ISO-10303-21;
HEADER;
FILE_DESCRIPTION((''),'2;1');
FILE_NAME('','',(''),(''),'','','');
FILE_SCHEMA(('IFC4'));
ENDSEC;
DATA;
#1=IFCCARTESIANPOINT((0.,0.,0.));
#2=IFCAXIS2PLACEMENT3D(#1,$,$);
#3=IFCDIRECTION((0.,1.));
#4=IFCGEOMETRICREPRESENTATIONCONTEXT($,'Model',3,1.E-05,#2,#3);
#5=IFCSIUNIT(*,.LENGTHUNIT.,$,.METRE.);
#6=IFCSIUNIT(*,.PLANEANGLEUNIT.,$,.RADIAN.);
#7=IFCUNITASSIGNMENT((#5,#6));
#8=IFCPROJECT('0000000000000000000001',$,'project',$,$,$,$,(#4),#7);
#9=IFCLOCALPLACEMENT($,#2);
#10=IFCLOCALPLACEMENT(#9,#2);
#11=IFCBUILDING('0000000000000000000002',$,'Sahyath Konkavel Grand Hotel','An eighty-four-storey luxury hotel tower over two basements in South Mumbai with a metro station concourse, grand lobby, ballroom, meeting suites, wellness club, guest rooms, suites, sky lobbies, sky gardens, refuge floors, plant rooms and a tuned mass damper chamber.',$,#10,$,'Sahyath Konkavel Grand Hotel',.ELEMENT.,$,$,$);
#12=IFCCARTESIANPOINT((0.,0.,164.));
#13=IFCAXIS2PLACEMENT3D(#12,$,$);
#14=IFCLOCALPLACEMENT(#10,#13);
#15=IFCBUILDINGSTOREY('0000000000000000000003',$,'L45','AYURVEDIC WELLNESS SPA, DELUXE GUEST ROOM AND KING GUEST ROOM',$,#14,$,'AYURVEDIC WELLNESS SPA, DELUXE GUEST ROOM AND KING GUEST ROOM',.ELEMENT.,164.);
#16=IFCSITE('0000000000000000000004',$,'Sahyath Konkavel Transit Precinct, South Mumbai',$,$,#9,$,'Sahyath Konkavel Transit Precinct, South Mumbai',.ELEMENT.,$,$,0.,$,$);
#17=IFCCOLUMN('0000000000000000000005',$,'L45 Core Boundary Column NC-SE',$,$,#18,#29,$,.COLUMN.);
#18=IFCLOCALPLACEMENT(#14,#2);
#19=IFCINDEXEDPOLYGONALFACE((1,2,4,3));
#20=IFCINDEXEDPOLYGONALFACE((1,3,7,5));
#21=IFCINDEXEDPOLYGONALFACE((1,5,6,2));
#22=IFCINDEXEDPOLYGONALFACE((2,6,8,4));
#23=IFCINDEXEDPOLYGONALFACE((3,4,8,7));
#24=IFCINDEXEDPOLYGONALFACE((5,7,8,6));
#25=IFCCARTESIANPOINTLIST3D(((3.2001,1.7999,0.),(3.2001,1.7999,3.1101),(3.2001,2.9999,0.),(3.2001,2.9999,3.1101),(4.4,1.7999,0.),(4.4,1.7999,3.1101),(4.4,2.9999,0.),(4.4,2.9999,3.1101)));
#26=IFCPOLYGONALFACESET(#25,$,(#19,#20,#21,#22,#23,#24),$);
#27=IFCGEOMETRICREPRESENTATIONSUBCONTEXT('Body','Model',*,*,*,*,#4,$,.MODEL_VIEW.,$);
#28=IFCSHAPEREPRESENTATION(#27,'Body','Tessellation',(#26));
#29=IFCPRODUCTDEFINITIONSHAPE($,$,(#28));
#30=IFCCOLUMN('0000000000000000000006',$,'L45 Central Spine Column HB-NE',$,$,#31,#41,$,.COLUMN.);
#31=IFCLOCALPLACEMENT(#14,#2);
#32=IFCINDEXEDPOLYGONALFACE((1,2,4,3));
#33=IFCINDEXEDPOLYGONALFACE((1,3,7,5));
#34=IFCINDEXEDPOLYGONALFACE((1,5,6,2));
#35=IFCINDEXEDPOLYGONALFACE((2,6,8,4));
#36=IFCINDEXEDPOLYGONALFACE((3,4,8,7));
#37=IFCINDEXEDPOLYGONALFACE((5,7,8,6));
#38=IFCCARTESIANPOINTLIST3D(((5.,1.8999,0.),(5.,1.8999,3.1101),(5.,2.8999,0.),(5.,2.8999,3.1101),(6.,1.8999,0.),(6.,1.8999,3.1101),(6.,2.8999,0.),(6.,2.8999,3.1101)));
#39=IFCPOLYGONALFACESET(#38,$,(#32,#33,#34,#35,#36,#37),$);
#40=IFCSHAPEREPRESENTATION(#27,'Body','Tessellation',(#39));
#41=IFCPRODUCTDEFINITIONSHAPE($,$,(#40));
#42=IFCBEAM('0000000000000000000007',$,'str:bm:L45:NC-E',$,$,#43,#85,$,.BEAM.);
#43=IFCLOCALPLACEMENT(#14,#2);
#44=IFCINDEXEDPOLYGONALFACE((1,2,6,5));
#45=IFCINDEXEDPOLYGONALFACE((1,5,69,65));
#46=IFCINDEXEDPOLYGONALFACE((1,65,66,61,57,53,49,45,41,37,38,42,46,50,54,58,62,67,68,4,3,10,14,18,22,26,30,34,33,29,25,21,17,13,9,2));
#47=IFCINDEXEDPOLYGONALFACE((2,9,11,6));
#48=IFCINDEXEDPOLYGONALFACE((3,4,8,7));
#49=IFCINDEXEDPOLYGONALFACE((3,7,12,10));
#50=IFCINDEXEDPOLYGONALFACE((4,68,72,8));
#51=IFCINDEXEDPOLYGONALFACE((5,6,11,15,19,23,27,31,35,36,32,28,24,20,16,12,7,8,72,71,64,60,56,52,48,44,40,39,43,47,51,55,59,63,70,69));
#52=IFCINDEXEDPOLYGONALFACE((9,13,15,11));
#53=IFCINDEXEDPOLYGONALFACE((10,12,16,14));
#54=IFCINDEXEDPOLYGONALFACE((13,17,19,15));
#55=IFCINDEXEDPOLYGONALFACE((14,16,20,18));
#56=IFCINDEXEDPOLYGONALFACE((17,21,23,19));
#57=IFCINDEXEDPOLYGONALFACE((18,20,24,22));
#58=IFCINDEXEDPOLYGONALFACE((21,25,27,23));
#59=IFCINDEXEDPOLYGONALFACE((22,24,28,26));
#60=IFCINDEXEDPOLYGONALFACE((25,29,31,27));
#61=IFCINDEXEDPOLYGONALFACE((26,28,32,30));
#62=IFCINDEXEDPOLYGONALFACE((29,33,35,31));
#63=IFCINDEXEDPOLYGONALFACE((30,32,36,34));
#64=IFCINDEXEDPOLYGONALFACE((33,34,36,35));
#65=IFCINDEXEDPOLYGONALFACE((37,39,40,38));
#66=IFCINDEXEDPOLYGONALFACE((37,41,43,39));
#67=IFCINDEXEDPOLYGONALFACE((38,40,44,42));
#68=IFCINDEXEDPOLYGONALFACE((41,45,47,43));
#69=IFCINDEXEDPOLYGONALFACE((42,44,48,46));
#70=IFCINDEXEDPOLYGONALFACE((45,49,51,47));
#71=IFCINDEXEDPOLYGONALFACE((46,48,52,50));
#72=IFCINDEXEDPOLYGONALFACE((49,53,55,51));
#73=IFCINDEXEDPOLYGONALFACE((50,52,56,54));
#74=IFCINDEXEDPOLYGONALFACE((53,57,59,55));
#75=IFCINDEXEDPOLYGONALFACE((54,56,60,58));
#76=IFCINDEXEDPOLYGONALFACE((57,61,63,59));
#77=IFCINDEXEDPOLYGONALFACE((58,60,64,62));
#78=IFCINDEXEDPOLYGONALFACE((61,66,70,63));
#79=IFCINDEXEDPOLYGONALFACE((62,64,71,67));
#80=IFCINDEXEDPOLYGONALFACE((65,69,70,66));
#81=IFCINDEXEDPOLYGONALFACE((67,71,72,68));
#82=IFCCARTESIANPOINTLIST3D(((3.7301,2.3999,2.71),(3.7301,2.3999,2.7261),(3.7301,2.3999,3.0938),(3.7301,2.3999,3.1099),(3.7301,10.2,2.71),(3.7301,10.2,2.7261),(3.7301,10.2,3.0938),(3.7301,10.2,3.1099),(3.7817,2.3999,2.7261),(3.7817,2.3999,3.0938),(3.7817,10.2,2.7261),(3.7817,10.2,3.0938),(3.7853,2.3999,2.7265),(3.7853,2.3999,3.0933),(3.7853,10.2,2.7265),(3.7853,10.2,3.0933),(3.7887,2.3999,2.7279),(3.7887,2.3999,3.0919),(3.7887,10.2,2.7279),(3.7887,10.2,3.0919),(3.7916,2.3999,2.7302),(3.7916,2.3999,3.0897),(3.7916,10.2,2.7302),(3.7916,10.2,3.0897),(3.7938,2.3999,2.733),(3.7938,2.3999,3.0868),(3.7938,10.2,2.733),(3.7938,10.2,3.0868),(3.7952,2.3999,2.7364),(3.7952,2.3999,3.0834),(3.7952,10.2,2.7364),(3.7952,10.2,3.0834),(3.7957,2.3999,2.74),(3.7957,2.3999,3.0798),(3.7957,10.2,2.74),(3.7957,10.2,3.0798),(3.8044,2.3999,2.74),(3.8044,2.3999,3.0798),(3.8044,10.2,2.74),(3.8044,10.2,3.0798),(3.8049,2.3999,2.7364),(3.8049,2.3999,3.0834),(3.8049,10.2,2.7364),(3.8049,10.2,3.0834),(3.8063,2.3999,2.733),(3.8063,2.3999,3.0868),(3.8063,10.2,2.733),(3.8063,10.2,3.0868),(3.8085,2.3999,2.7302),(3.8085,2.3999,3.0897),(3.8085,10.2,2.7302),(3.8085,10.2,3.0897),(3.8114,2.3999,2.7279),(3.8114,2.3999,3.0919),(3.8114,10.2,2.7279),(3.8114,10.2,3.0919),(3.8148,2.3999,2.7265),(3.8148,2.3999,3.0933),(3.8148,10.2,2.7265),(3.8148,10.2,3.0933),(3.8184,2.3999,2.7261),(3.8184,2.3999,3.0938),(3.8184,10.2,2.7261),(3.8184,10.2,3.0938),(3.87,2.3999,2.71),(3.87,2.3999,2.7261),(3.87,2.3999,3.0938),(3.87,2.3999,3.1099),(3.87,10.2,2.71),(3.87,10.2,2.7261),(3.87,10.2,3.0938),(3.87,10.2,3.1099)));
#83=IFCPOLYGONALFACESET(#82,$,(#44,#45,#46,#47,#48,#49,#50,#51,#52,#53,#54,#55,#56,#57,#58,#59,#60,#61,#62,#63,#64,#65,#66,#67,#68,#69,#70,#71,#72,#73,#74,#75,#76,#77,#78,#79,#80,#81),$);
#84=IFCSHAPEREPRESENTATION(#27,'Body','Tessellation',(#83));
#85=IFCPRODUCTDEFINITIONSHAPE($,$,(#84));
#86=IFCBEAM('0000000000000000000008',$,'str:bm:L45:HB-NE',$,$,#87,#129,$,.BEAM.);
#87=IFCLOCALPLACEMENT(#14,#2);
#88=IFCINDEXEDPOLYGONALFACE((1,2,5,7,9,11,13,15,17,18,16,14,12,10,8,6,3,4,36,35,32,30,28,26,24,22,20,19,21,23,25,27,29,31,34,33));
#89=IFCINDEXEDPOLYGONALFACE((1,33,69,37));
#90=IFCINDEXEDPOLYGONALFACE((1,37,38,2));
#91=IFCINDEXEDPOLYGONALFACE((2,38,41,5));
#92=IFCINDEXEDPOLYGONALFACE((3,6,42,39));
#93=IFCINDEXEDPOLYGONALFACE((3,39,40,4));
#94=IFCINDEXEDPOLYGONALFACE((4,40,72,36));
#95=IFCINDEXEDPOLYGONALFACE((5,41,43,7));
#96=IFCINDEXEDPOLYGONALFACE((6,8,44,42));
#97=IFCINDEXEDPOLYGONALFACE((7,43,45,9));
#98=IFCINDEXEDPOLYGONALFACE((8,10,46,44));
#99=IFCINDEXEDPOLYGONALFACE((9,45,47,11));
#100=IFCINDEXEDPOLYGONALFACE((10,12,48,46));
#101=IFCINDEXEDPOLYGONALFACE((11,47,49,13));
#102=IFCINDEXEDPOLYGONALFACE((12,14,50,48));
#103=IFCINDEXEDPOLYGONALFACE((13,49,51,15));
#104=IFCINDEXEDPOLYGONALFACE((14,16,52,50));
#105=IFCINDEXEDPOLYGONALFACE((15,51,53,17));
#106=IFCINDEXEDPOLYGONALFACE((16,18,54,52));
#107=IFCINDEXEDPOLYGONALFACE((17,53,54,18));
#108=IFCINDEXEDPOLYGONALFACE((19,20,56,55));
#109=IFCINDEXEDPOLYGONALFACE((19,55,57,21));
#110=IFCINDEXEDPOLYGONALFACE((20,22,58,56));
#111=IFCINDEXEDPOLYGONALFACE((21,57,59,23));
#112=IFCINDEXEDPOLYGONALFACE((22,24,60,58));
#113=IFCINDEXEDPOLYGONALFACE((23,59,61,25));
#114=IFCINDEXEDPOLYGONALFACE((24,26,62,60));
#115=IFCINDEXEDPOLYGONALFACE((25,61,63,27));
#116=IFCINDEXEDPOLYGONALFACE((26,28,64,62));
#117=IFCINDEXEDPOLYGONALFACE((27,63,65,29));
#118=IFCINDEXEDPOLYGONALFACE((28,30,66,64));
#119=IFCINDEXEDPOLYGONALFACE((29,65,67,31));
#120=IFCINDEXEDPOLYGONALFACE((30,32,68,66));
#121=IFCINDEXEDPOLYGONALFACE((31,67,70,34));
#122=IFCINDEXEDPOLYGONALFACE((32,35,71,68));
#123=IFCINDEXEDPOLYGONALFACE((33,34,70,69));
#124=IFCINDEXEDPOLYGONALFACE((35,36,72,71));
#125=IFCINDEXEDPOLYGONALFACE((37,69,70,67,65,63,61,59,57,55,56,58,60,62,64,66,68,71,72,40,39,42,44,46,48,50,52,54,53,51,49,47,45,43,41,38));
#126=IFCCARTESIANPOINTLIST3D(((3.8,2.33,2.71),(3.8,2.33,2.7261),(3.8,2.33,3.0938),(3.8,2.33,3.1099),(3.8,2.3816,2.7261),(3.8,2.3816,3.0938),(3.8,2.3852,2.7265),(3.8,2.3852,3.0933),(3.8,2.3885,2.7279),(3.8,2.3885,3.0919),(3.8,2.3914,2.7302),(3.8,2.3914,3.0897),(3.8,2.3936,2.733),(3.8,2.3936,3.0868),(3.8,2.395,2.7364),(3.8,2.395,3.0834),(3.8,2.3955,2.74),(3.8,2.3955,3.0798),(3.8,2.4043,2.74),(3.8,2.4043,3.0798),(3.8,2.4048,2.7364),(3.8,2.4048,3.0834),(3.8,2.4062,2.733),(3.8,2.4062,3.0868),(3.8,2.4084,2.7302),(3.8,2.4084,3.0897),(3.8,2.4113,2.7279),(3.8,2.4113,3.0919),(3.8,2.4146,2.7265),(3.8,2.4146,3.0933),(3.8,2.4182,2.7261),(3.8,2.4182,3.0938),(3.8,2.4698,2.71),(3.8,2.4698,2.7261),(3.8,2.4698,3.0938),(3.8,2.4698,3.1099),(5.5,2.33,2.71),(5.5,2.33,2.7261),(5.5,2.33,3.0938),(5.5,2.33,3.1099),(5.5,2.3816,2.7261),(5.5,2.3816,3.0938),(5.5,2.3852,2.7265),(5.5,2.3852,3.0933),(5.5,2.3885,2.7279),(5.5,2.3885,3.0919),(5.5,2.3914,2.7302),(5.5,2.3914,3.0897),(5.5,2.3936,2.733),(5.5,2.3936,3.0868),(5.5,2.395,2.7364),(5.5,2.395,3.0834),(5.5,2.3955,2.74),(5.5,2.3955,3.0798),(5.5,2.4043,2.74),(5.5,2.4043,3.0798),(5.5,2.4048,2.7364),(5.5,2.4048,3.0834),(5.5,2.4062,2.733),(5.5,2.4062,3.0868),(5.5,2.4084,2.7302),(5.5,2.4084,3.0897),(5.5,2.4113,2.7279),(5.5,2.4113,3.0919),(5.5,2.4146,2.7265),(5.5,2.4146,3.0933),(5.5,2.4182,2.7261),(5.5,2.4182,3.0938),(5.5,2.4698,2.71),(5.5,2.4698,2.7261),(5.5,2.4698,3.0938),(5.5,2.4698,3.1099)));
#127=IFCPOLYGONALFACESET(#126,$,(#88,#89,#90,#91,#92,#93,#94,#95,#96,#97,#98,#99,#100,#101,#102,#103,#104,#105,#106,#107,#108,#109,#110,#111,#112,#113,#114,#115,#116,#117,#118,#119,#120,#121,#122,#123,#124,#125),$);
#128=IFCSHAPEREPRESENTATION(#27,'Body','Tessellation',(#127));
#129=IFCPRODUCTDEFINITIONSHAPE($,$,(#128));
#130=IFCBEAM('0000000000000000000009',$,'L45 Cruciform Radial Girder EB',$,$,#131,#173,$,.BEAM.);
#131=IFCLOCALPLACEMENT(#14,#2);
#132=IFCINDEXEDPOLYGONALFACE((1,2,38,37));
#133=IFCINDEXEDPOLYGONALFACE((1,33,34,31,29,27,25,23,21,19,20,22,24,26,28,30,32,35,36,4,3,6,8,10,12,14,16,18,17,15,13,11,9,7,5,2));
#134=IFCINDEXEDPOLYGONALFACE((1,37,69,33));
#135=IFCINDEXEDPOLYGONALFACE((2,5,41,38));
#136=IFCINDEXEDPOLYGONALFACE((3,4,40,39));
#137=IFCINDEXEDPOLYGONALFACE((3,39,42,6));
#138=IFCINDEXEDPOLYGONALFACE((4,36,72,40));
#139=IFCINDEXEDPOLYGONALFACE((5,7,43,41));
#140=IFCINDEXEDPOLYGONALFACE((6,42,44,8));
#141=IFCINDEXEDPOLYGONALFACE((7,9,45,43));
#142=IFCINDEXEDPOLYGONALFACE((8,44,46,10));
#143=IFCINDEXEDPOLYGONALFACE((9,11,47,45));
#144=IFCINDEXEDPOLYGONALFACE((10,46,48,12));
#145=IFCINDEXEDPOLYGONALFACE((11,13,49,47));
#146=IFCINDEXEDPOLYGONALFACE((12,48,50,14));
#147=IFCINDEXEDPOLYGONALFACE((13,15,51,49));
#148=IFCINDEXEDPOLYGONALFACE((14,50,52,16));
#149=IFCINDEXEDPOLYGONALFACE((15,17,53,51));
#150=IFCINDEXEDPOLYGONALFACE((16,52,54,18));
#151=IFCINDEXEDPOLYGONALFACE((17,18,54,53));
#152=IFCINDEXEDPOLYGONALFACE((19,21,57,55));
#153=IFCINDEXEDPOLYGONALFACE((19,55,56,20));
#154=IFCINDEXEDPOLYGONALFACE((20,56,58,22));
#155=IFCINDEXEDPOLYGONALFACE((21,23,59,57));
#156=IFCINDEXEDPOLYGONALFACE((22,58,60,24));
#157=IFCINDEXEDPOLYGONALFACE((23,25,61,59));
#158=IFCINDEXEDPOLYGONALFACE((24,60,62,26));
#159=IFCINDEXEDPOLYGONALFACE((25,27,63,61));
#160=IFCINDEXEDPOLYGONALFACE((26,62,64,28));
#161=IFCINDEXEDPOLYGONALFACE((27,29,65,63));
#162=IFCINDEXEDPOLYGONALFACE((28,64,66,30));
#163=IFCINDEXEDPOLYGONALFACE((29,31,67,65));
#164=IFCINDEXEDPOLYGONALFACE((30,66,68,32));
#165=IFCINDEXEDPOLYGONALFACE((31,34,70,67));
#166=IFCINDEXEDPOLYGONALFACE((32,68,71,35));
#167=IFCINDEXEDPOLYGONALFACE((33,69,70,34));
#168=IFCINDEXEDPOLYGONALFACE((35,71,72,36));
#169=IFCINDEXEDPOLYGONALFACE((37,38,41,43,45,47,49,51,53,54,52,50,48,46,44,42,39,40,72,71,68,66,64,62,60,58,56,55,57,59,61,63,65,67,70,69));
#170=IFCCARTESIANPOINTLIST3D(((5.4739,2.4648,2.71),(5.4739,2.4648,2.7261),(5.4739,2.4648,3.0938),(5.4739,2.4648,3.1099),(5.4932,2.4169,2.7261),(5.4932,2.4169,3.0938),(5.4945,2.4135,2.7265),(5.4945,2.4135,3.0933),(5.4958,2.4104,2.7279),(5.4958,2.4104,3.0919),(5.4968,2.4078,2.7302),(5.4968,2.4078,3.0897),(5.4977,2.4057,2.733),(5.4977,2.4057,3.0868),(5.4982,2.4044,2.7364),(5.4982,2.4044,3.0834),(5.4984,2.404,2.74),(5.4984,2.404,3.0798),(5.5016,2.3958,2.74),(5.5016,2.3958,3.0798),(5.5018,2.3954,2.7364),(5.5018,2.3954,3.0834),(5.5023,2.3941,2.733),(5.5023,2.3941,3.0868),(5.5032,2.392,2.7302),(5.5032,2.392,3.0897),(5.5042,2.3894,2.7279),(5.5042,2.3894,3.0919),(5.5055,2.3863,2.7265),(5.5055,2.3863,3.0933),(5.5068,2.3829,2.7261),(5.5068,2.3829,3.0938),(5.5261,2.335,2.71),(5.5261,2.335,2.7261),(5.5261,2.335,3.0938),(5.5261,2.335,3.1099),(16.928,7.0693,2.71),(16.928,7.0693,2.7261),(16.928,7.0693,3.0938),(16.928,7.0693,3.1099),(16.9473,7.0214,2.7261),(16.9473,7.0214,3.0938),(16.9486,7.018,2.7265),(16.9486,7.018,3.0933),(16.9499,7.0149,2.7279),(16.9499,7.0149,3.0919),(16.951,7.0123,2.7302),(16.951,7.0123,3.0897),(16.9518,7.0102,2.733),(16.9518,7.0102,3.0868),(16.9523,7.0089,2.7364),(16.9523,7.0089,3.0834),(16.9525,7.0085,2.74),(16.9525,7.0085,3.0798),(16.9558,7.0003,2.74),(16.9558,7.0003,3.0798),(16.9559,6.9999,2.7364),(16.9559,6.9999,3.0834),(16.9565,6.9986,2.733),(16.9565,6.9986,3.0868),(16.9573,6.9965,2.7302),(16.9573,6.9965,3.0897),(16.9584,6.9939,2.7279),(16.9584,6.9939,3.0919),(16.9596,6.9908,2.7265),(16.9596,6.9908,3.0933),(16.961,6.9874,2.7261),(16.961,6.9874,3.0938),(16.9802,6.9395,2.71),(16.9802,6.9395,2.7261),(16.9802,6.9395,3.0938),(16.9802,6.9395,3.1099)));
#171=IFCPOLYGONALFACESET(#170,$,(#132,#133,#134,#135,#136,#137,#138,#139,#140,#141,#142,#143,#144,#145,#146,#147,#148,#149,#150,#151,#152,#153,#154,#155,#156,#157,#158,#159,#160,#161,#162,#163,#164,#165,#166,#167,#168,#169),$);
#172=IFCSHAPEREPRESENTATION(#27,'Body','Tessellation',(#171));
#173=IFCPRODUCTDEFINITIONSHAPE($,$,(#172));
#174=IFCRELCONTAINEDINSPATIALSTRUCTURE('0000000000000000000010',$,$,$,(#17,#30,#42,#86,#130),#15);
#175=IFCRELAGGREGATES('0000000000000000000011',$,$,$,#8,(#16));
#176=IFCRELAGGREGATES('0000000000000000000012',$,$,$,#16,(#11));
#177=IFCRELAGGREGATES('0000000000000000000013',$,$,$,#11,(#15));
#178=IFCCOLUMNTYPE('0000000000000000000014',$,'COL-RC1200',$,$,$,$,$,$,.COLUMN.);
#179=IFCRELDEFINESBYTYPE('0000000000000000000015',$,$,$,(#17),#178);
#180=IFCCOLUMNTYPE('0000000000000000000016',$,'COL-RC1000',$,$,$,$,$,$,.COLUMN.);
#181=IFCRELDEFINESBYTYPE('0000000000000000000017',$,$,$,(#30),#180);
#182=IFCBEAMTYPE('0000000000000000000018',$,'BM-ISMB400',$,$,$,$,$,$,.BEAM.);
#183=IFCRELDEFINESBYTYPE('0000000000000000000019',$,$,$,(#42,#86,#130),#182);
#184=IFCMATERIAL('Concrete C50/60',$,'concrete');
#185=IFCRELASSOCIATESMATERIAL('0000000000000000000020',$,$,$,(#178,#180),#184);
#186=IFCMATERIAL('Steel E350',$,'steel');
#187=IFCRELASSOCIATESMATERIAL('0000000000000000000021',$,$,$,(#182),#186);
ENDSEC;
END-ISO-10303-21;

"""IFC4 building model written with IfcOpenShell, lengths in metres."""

from ifc_helpers import new_model, si_unit, direction, frame, origin, origin_2d, place, context, subcontext, project, spatial, rectangle, i_section, extrude, source, transform, mapped, material, material_profile, profile_set, type_object, element, save


model = new_model("IFC4")

# Units and contexts
model_context = context("Model", 3, precision=1e-05, world=origin(), true_north=direction((0.0, 1.0)))
body_context = subcontext(model_context, "Body", "Model", "MODEL_VIEW")
ifc_project = project(units=[si_unit("LENGTHUNIT", "METRE"), si_unit("PLANEANGLEUNIT", "RADIAN")], contexts=[model_context])

# Site, building, storey
site_placement = place(None, origin())
site = spatial("IfcSite", under=ifc_project, at=site_placement, Name="Sahyath Konkavel Transit Precinct, South Mumbai", LongName="Sahyath Konkavel Transit Precinct, South Mumbai", CompositionType="ELEMENT", RefElevation=0.0)
building_placement = place(site_placement, origin())
building = spatial("IfcBuilding", under=site, at=building_placement, Name="Sahyath Konkavel Grand Hotel", Description="An eighty-four-storey luxury hotel tower over two basements in South Mumbai with a metro station concourse, grand lobby, ballroom, meeting suites, wellness club, guest rooms, suites, sky lobbies, sky gardens, refuge floors, plant rooms and a tuned mass damper chamber.", LongName="Sahyath Konkavel Grand Hotel", CompositionType="ELEMENT")
storey_placement = place(building_placement, frame((0.0, 0.0, 164.0)))
storey = spatial("IfcBuildingStorey", under=building, at=storey_placement, Name="L45", Description="AYURVEDIC WELLNESS SPA, DELUXE GUEST ROOM AND KING GUEST ROOM", LongName="AYURVEDIC WELLNESS SPA, DELUXE GUEST ROOM AND KING GUEST ROOM", CompositionType="ELEMENT", Elevation=164.0)

# Columns
ifc_material_1 = material(Name="Concrete C50/60", Category="concrete")
ifc_material_profile_1 = material_profile(ifc_material_1, rectangle(XDim=1.2, YDim=1.2, at=origin_2d()), Name="RC 1200x1200")
ifc_profile_set_1 = profile_set([ifc_material_profile_1], Name="Concrete C50/60")
column_type_1 = type_object("IfcColumnType", Name="COL-RC1200", PredefinedType="COLUMN", material=ifc_profile_set_1)
shared_shape_1 = source(origin(), body_context, "Body", "SweptSolid", [
    extrude(rectangle(XDim=1.2, YDim=1.2, at=origin_2d()), origin(), (0.0, 0.0, 1.0), 3.1101),
])
column_1_placement = place(storey_placement, frame((3.8, 2.3999, 0.0), z_axis=(0.0, 0.0, 1.0), x_axis=(1.0, 0.0, 0.0)))
element("IfcColumn", 1, at=column_1_placement, inside=storey, type_object=column_type_1, Name="L45 Core Boundary Column NC-SE", PredefinedType="COLUMN", context=body_context, shape_type="MappedRepresentation", body=[
    mapped(shared_shape_1, transform((0.0, 0.0, 0.0), scale=1.0)),
])
ifc_material_profile_2 = material_profile(ifc_material_1, rectangle(XDim=1.0, YDim=1.0, at=origin_2d()), Name="RC 1000x1000")
ifc_profile_set_2 = profile_set([ifc_material_profile_2], Name="Concrete C50/60")
column_type_2 = type_object("IfcColumnType", Name="COL-RC1000", PredefinedType="COLUMN", material=ifc_profile_set_2)
shared_shape_2 = source(origin(), body_context, "Body", "SweptSolid", [
    extrude(rectangle(XDim=1.0, YDim=1.0, at=origin_2d()), origin(), (0.0, 0.0, 1.0), 3.1101),
])
column_2_placement = place(storey_placement, frame((5.5, 2.3999, 0.0), z_axis=(0.0, 0.0, 1.0), x_axis=(1.0, 0.0, 0.0)))
element("IfcColumn", 2, at=column_2_placement, inside=storey, type_object=column_type_2, Name="L45 Central Spine Column HB-NE", PredefinedType="COLUMN", context=body_context, shape_type="MappedRepresentation", body=[
    mapped(shared_shape_2, transform((0.0, 0.0, 0.0), scale=1.0)),
])

# Beams
ifc_material_2 = material(Name="Steel E350", Category="steel")
ifc_material_profile_3 = material_profile(ifc_material_2, i_section(OverallWidth=0.1399, OverallDepth=0.3999, WebThickness=0.0088, FlangeThickness=0.0161, FilletRadius=0.0139, at=origin_2d()), Name="ISMB 400")
ifc_profile_set_3 = profile_set([ifc_material_profile_3], Name="Steel E350")
beam_type = type_object("IfcBeamType", Name="BM-ISMB400", PredefinedType="BEAM", material=ifc_profile_set_3)
shared_shape_3 = source(origin(), body_context, "Body", "SweptSolid", [
    extrude(i_section(OverallWidth=0.1399, OverallDepth=0.3999, WebThickness=0.0088, FlangeThickness=0.0161, FilletRadius=0.0139, at=origin_2d()), origin(), (0.0, 0.0, 1.0), 7.8),
])
beam_1_placement = place(storey_placement, frame((3.8, 2.3999, 2.9099), z_axis=(0.0, 1.0, 0.0), x_axis=(-1.0, 0.0, 0.0)))
element("IfcBeam", 3, at=beam_1_placement, inside=storey, type_object=beam_type, Name="str:bm:L45:NC-E", PredefinedType="BEAM", context=body_context, shape_type="MappedRepresentation", body=[
    mapped(shared_shape_3, transform((0.0, 0.0, 0.0), scale=1.0)),
])
shared_shape_4 = source(origin(), body_context, "Body", "SweptSolid", [
    extrude(i_section(OverallWidth=0.1399, OverallDepth=0.3999, WebThickness=0.0088, FlangeThickness=0.0161, FilletRadius=0.0139, at=origin_2d()), origin(), (0.0, 0.0, 1.0), 1.7),
])
beam_2_placement = place(storey_placement, frame((3.8, 2.3999, 2.9099), z_axis=(1.0, 0.0, 0.0), x_axis=(0.0, 1.0, 0.0)))
element("IfcBeam", 4, at=beam_2_placement, inside=storey, type_object=beam_type, Name="str:bm:L45:HB-NE", PredefinedType="BEAM", context=body_context, shape_type="MappedRepresentation", body=[
    mapped(shared_shape_4, transform((0.0, 0.0, 0.0), scale=1.0)),
])
shared_shape_5 = source(origin(), body_context, "Body", "SweptSolid", [
    extrude(i_section(OverallWidth=0.1399, OverallDepth=0.3999, WebThickness=0.0088, FlangeThickness=0.0161, FilletRadius=0.0139, at=origin_2d()), origin(), (0.0, 0.0, 1.0), 12.345),
])
beam_3_placement = place(storey_placement, frame((5.5, 2.3999, 2.9099), z_axis=(0.927837, 0.372986, 0.0), x_axis=(-0.372986, 0.927837, 0.0)))
element("IfcBeam", 5, at=beam_3_placement, inside=storey, type_object=beam_type, Name="L45 Cruciform Radial Girder EB", PredefinedType="BEAM", context=body_context, shape_type="MappedRepresentation", body=[
    mapped(shared_shape_5, transform((0.0, 0.0, 0.0), scale=1.0)),
])

save(model, "model.ifc")
